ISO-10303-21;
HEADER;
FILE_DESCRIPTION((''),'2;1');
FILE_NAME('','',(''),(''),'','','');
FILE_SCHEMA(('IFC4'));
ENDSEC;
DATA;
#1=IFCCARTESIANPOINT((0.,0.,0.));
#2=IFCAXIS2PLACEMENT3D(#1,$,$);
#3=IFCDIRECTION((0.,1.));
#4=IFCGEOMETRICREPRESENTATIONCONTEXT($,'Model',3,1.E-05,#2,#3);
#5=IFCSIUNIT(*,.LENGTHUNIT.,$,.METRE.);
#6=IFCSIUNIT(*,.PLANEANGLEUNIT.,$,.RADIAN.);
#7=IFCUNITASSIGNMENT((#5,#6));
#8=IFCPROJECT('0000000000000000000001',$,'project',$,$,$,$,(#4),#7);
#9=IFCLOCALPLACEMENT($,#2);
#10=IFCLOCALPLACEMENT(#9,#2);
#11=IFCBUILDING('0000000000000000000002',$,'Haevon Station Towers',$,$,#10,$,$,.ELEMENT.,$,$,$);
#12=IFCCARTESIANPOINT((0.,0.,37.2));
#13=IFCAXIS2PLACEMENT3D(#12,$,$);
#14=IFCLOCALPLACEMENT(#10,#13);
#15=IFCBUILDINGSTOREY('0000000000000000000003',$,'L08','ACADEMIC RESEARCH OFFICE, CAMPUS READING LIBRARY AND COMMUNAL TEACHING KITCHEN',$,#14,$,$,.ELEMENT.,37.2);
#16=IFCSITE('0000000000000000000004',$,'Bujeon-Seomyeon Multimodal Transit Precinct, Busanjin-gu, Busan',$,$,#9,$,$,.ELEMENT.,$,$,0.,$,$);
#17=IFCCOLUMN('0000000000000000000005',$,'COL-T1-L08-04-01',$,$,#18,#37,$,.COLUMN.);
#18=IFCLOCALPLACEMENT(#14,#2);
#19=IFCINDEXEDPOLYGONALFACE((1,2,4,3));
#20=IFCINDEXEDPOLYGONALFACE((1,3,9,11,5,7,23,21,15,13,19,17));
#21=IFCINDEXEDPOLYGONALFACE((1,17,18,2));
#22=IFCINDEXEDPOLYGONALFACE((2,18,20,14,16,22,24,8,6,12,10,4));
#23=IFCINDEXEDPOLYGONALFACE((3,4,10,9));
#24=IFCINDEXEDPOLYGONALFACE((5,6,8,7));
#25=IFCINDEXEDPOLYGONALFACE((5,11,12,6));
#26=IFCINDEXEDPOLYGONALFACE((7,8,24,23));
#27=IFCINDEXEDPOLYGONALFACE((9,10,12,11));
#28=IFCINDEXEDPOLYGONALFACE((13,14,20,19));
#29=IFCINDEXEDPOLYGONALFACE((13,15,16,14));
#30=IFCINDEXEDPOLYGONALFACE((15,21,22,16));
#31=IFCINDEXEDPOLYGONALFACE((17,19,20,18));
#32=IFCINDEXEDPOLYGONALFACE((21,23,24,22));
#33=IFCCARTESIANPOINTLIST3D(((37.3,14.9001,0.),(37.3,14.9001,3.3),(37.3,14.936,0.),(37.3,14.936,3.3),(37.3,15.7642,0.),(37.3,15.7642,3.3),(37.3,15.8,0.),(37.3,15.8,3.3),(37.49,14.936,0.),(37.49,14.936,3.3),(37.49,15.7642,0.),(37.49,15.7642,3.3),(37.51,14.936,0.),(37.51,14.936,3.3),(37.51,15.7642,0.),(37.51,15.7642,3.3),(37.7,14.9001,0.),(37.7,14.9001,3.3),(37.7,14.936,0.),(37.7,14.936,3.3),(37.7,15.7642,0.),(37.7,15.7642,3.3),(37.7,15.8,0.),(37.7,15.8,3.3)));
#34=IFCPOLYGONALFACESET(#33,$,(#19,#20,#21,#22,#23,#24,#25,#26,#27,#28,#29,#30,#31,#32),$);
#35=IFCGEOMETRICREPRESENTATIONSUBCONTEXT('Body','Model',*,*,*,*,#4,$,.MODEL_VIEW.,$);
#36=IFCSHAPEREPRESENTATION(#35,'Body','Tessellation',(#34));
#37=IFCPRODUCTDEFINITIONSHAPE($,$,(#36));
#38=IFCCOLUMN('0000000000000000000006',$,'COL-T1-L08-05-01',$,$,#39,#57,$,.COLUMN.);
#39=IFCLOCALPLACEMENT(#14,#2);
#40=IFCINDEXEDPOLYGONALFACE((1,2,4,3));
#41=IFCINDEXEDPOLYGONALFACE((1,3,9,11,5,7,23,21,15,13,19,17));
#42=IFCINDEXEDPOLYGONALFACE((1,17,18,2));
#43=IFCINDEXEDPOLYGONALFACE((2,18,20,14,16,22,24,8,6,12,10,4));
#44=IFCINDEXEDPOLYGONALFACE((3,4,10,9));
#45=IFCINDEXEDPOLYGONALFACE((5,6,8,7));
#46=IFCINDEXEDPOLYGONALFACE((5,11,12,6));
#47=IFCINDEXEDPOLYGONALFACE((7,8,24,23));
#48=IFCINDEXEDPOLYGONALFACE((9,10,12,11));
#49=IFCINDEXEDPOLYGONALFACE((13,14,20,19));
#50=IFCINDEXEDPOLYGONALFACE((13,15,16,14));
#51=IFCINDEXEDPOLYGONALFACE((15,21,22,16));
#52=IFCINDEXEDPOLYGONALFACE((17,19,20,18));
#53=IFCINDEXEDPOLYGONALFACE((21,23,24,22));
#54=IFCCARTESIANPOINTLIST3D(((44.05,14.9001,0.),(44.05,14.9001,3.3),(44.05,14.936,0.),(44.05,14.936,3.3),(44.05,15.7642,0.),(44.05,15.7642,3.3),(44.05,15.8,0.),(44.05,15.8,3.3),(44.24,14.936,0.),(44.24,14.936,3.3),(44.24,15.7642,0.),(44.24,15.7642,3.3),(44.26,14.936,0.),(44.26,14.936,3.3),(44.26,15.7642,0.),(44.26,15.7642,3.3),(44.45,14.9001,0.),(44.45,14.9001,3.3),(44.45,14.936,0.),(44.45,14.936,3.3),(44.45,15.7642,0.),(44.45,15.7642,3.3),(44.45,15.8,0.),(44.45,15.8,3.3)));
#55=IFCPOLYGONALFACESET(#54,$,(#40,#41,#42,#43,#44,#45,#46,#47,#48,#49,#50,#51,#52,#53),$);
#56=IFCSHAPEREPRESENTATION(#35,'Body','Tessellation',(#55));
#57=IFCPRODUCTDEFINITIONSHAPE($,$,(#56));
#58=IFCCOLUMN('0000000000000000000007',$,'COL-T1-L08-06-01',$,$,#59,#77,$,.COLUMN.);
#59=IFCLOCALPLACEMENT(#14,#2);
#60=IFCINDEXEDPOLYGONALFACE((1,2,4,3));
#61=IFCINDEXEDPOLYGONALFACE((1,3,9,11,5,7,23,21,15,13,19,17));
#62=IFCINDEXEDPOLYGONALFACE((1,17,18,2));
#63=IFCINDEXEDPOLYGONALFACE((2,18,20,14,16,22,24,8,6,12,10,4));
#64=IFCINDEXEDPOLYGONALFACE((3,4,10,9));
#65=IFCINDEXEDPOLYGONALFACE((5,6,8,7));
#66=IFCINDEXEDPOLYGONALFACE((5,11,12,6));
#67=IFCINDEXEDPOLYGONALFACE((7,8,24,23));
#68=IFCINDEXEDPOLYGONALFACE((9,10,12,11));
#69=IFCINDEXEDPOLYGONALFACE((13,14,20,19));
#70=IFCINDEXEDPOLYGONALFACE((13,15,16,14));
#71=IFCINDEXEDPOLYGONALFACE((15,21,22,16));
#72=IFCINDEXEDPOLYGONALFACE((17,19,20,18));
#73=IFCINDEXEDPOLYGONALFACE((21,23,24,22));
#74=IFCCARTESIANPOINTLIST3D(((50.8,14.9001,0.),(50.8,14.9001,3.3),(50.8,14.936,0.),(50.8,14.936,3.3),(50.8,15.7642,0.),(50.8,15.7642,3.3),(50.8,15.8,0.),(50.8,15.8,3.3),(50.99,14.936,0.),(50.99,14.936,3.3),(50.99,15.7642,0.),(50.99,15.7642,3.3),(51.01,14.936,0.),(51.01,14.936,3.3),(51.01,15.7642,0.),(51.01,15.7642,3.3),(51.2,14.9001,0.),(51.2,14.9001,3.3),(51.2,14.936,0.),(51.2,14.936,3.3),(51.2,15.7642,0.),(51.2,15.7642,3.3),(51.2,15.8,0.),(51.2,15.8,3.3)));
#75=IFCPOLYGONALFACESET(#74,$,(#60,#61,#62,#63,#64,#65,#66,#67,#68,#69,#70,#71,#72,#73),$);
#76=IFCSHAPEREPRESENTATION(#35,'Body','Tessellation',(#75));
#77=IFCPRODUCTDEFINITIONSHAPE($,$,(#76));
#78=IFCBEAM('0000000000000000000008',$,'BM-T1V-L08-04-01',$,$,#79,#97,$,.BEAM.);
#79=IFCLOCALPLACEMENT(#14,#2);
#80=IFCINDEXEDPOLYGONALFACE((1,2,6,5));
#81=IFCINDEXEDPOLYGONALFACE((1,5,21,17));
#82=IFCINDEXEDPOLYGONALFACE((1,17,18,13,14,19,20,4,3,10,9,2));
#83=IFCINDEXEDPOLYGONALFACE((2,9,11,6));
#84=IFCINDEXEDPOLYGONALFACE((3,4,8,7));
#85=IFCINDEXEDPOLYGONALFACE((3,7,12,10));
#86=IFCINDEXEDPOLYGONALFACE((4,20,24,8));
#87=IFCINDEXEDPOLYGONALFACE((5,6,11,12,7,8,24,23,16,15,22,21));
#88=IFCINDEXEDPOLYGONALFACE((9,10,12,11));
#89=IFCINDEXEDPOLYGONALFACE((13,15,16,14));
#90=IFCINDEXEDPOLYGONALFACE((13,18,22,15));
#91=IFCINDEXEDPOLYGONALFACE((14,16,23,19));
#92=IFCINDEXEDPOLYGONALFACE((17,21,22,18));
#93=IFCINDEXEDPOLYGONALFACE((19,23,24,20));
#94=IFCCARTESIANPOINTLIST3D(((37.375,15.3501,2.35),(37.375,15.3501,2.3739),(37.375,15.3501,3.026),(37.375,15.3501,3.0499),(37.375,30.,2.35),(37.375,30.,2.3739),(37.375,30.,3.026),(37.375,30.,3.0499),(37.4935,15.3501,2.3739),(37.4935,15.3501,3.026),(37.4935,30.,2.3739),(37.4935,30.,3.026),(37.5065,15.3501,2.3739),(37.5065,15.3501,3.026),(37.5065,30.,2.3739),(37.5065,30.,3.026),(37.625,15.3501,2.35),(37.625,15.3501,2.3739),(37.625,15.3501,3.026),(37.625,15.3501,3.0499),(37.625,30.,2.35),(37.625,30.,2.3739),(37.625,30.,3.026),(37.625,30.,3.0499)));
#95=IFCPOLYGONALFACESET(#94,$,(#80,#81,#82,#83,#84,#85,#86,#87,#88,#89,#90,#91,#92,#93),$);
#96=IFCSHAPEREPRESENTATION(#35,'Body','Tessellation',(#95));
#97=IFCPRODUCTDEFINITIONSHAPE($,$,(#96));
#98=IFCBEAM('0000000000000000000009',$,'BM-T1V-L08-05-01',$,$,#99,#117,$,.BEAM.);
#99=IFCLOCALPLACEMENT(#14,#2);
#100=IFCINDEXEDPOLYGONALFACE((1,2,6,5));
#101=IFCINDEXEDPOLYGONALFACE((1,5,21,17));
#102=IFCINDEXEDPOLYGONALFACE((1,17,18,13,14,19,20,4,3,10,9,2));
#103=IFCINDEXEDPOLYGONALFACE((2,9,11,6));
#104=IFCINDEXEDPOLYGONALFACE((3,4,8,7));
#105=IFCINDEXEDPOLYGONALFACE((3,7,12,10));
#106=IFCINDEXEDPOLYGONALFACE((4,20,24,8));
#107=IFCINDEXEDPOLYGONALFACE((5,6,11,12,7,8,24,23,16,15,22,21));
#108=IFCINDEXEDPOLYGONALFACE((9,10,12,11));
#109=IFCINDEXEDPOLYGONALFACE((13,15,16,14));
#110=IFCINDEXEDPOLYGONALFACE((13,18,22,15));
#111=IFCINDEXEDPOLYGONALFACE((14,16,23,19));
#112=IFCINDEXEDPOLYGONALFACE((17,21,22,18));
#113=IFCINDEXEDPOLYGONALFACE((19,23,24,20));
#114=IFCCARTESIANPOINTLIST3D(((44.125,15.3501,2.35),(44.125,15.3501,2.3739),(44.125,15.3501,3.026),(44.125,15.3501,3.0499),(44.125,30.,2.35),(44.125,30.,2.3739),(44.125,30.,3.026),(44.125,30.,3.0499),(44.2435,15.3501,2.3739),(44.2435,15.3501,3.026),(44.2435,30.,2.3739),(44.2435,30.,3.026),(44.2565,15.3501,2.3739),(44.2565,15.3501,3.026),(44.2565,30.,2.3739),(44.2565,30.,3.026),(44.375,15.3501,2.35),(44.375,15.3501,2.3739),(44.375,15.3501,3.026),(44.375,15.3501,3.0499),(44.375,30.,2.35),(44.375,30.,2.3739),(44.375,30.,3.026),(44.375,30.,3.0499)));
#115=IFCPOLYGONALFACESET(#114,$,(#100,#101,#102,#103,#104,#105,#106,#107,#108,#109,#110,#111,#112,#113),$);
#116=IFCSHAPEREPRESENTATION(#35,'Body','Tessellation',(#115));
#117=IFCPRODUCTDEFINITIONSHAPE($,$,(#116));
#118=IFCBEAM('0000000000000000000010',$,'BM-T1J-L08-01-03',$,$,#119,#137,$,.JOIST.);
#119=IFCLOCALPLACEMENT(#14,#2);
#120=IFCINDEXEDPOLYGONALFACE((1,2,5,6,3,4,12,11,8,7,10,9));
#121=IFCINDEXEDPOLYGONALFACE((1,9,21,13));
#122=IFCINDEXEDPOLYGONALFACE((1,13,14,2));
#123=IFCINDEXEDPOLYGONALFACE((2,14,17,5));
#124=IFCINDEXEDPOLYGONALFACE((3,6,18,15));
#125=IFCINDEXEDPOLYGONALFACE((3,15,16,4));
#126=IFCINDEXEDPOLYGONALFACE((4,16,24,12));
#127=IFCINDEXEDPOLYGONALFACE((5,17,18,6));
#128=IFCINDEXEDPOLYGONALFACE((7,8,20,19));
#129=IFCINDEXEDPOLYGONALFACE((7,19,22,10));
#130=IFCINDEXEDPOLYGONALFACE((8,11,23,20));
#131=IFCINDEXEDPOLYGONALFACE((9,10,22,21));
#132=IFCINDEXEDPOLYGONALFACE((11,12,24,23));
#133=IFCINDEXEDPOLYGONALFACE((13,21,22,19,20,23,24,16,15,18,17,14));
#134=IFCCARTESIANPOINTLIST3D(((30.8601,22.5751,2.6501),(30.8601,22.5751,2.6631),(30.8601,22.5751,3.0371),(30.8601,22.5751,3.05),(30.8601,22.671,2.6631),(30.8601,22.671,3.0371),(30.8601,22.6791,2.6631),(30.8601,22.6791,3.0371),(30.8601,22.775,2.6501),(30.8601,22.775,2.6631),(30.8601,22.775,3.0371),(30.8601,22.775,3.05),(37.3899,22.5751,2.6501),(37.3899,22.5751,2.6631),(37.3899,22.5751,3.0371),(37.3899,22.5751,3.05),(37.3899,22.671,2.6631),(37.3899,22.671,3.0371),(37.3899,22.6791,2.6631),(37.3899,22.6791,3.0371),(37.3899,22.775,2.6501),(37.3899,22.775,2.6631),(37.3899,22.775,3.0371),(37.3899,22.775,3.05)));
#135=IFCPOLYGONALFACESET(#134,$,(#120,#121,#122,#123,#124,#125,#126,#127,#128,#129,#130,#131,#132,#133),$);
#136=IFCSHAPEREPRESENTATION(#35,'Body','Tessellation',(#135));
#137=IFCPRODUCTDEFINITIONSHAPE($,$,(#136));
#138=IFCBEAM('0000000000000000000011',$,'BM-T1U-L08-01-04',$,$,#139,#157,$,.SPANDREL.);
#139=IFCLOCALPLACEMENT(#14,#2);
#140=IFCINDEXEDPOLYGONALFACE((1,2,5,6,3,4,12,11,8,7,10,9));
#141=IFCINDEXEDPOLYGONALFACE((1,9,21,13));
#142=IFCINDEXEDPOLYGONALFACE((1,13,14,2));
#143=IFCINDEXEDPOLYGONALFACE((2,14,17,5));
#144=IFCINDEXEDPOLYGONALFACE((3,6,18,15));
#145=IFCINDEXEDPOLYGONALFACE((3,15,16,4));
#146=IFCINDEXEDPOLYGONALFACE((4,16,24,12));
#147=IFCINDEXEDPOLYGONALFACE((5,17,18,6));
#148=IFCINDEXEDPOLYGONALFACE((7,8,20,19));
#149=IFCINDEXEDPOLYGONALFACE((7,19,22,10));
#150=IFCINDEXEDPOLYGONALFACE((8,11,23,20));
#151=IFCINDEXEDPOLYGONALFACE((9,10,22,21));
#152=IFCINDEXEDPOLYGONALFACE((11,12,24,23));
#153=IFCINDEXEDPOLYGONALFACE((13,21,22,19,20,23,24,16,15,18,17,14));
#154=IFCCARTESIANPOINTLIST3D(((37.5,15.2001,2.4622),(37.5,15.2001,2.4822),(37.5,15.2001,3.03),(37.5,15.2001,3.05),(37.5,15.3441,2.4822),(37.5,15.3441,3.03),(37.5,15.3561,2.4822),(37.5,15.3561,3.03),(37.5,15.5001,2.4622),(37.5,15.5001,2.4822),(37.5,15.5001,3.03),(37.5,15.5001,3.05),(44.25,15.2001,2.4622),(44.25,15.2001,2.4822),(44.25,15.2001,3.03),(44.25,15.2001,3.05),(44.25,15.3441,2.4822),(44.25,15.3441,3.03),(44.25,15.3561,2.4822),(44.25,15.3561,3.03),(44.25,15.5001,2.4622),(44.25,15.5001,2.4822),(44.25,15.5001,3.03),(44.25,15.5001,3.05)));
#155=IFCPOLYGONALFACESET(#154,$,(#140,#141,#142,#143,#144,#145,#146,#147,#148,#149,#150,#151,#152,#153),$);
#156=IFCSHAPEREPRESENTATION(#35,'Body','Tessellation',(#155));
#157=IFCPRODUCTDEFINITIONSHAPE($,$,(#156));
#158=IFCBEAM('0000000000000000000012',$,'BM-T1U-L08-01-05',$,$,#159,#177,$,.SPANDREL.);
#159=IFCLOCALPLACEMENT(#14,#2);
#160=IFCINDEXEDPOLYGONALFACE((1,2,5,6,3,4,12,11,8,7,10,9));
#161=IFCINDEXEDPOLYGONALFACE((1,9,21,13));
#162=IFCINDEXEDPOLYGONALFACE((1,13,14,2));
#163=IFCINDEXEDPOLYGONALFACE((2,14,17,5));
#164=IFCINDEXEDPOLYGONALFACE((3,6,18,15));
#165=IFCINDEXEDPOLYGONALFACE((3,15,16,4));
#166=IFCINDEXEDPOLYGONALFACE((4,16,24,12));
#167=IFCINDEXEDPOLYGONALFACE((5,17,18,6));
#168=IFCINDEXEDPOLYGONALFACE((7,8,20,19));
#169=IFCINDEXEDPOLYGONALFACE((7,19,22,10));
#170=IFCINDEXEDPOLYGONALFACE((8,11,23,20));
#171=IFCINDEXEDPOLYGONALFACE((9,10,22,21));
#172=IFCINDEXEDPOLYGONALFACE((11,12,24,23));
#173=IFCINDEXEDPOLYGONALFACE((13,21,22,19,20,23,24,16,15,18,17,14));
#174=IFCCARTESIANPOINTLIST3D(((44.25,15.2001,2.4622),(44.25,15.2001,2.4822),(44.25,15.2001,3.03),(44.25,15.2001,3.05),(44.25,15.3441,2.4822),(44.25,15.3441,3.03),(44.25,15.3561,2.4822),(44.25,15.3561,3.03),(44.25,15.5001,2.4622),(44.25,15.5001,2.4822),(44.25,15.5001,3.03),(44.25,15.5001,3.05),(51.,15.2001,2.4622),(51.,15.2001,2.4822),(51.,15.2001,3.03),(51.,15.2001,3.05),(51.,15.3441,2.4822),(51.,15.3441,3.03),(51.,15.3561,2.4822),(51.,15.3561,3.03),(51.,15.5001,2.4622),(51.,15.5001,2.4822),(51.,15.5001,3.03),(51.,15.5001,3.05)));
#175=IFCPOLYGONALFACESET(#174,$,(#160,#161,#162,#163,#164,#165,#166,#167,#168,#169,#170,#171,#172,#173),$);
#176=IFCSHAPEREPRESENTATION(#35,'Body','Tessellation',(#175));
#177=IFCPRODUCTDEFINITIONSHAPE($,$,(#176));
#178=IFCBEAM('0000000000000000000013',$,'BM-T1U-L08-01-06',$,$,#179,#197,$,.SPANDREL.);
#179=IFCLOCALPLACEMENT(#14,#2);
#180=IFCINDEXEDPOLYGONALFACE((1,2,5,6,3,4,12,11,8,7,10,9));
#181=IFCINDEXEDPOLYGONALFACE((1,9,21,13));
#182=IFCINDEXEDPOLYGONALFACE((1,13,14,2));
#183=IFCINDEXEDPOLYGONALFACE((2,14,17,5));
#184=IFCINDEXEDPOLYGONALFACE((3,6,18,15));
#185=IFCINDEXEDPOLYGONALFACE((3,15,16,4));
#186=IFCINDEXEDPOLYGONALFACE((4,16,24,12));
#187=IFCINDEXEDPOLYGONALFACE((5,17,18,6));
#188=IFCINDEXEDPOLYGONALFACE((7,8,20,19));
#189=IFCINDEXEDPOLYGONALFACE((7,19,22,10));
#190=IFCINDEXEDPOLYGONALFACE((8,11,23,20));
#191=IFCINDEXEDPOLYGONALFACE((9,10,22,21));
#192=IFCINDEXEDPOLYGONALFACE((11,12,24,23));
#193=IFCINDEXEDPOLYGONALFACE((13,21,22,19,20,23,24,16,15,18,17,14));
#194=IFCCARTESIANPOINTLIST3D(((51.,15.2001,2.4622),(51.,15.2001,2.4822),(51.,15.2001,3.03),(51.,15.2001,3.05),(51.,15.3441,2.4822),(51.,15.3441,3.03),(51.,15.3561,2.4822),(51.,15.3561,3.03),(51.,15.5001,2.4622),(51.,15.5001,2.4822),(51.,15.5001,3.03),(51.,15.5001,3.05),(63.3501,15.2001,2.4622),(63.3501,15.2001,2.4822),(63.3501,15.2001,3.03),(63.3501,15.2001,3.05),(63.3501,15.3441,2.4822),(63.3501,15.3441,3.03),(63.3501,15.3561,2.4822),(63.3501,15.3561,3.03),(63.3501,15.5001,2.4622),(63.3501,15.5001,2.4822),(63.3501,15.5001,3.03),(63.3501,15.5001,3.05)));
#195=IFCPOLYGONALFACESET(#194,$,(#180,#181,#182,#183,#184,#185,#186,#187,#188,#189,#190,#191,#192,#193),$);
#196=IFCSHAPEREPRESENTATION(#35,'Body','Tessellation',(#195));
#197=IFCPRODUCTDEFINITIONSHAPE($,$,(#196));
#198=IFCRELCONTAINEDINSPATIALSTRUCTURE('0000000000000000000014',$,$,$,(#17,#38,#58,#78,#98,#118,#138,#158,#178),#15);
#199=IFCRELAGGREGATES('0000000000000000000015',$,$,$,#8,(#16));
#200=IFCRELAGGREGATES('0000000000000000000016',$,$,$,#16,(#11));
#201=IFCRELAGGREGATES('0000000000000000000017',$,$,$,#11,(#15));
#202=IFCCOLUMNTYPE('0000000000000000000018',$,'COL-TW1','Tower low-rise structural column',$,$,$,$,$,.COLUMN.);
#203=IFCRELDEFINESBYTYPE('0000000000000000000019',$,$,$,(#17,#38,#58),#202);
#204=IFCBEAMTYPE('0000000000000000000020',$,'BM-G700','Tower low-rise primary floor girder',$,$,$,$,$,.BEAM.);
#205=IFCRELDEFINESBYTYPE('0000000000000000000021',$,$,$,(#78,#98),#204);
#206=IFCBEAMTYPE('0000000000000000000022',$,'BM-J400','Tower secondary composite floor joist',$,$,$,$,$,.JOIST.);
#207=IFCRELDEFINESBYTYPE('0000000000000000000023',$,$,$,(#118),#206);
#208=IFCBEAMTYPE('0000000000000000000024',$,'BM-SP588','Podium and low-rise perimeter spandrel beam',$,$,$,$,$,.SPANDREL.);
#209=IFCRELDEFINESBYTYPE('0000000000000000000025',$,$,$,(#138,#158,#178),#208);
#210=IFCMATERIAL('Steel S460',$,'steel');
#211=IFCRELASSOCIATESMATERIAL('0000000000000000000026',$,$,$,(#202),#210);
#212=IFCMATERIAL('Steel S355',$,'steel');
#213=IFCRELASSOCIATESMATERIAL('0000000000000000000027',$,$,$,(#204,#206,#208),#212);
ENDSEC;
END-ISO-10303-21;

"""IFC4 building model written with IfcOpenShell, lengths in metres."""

from ifc_helpers import new_model, si_unit, direction, frame, origin, origin_2d, place, context, subcontext, project, spatial, i_section, extrude, material, material_profile, profile_set, type_object, element, save


model = new_model("IFC4")

# Units and contexts
model_context = context("Model", 3, precision=1e-05, world=origin(), true_north=direction((0.0, 1.0)))
body_context = subcontext(model_context, "Body", "Model", "MODEL_VIEW")
ifc_project = project(units=[si_unit("LENGTHUNIT", "METRE"), si_unit("PLANEANGLEUNIT", "RADIAN")], contexts=[model_context])

# Site, building, storey
site_placement = place(None, origin())
site = spatial("IfcSite", under=ifc_project, at=site_placement, Name="Bujeon-Seomyeon Multimodal Transit Precinct, Busanjin-gu, Busan", CompositionType="ELEMENT", RefElevation=0.0)
building_placement = place(site_placement, origin())
building = spatial("IfcBuilding", under=site, at=building_placement, Name="Haevon Station Towers", CompositionType="ELEMENT")
storey_placement = place(building_placement, frame((0.0, 0.0, 37.2)))
storey = spatial("IfcBuildingStorey", under=building, at=storey_placement, Name="L08", Description="ACADEMIC RESEARCH OFFICE, CAMPUS READING LIBRARY AND COMMUNAL TEACHING KITCHEN", CompositionType="ELEMENT", Elevation=37.2)

# Columns
ifc_material_1 = material(Name="Steel S460", Category="steel")
ifc_material_profile_1 = material_profile(ifc_material_1, i_section(OverallWidth=0.3999, OverallDepth=0.8999, WebThickness=0.02, FlangeThickness=0.0359, at=origin_2d()), Name="H-900x400x20x36")
ifc_profile_set_1 = profile_set([ifc_material_profile_1], Name="Steel S460")
column_type = type_object("IfcColumnType", Name="COL-TW1", Description="Tower low-rise structural column", PredefinedType="COLUMN", material=ifc_profile_set_1)
for number, where, z_axis, x_axis, name in (
    (1, (37.5, 15.3501, 0.0), (0.0, 0.0, 1.0), (1.0, 0.0, 0.0), "COL-T1-L08-04-01"),
    (2, (44.25, 15.3501, 0.0), (0.0, 0.0, 1.0), (1.0, 0.0, 0.0), "COL-T1-L08-05-01"),
    (3, (51.0, 15.3501, 0.0), (0.0, 0.0, 1.0), (1.0, 0.0, 0.0), "COL-T1-L08-06-01"),
):
    element("IfcColumn", number, at=place(storey_placement, frame(where, z_axis=z_axis, x_axis=x_axis)), inside=storey, type_object=column_type, Name=name, PredefinedType="COLUMN", context=body_context, shape_type="SweptSolid", body=[
        extrude(i_section(OverallWidth=0.3999, OverallDepth=0.8999, WebThickness=0.02, FlangeThickness=0.0359, at=origin_2d()), origin(), (0.0, 0.0, 1.0), 3.3),
    ])

# Beams
ifc_material_2 = material(Name="Steel S355", Category="steel")
ifc_material_profile_2 = material_profile(ifc_material_2, i_section(OverallWidth=0.25, OverallDepth=0.7, WebThickness=0.0129, FlangeThickness=0.0239, at=origin_2d()), Name="H-700x250x13x24")
ifc_profile_set_2 = profile_set([ifc_material_profile_2], Name="Steel S355")
beam_type_1 = type_object("IfcBeamType", Name="BM-G700", Description="Tower low-rise primary floor girder", PredefinedType="BEAM", material=ifc_profile_set_2)
for number, where, z_axis, x_axis, name in (
    (4, (37.5, 15.3501, 2.7), (0.0, 1.0, 0.0), (-1.0, 0.0, 0.0), "BM-T1V-L08-04-01"),
    (5, (44.25, 15.3501, 2.7), (0.0, 1.0, 0.0), (-1.0, 0.0, 0.0), "BM-T1V-L08-05-01"),
):
    element("IfcBeam", number, at=place(storey_placement, frame(where, z_axis=z_axis, x_axis=x_axis)), inside=storey, type_object=beam_type_1, Name=name, PredefinedType="BEAM", context=body_context, shape_type="SweptSolid", body=[
        extrude(i_section(OverallWidth=0.25, OverallDepth=0.7, WebThickness=0.0129, FlangeThickness=0.0239, at=origin_2d()), origin(), (0.0, 0.0, 1.0), 14.6499),
    ])
ifc_material_profile_3 = material_profile(ifc_material_2, i_section(OverallWidth=0.2, OverallDepth=0.3999, WebThickness=0.0081, FlangeThickness=0.0129, at=origin_2d()), Name="H-400x200x8x13")
ifc_profile_set_3 = profile_set([ifc_material_profile_3], Name="Steel S355")
beam_type_2 = type_object("IfcBeamType", Name="BM-J400", Description="Tower secondary composite floor joist", PredefinedType="JOIST", material=ifc_profile_set_3)
beam_1_placement = place(storey_placement, frame((30.8601, 22.675, 2.8501), z_axis=(1.0, 0.0, 0.0), x_axis=(0.0, 1.0, 0.0)))
element("IfcBeam", 6, at=beam_1_placement, inside=storey, type_object=beam_type_2, Name="BM-T1J-L08-01-03", PredefinedType="JOIST", context=body_context, shape_type="SweptSolid", body=[
    extrude(i_section(OverallWidth=0.2, OverallDepth=0.3999, WebThickness=0.0081, FlangeThickness=0.0129, at=origin_2d()), origin(), (0.0, 0.0, 1.0), 6.5298),
])
ifc_material_profile_4 = material_profile(ifc_material_2, i_section(OverallWidth=0.3, OverallDepth=0.5879, WebThickness=0.012, FlangeThickness=0.02, at=origin_2d()), Name="H-588x300x12x20")
ifc_profile_set_4 = profile_set([ifc_material_profile_4], Name="Steel S355")
beam_type_3 = type_object("IfcBeamType", Name="BM-SP588", Description="Podium and low-rise perimeter spandrel beam", PredefinedType="SPANDREL", material=ifc_profile_set_4)
for number, where, z_axis, x_axis, name in (
    (7, (37.5, 15.3501, 2.7561), (1.0, 0.0, 0.0), (0.0, 1.0, 0.0), "BM-T1U-L08-01-04"),
    (8, (44.25, 15.3501, 2.7561), (1.0, 0.0, 0.0), (0.0, 1.0, 0.0), "BM-T1U-L08-01-05"),
):
    element("IfcBeam", number, at=place(storey_placement, frame(where, z_axis=z_axis, x_axis=x_axis)), inside=storey, type_object=beam_type_3, Name=name, PredefinedType="SPANDREL", context=body_context, shape_type="SweptSolid", body=[
        extrude(i_section(OverallWidth=0.3, OverallDepth=0.5879, WebThickness=0.012, FlangeThickness=0.02, at=origin_2d()), origin(), (0.0, 0.0, 1.0), 6.75),
    ])
beam_2_placement = place(storey_placement, frame((51.0, 15.3501, 2.7561), z_axis=(1.0, 0.0, 0.0), x_axis=(0.0, 1.0, 0.0)))
element("IfcBeam", 9, at=beam_2_placement, inside=storey, type_object=beam_type_3, Name="BM-T1U-L08-01-06", PredefinedType="SPANDREL", context=body_context, shape_type="SweptSolid", body=[
    extrude(i_section(OverallWidth=0.3, OverallDepth=0.5879, WebThickness=0.012, FlangeThickness=0.02, at=origin_2d()), origin(), (0.0, 0.0, 1.0), 12.3501),
])

save(model, "model.ifc")
